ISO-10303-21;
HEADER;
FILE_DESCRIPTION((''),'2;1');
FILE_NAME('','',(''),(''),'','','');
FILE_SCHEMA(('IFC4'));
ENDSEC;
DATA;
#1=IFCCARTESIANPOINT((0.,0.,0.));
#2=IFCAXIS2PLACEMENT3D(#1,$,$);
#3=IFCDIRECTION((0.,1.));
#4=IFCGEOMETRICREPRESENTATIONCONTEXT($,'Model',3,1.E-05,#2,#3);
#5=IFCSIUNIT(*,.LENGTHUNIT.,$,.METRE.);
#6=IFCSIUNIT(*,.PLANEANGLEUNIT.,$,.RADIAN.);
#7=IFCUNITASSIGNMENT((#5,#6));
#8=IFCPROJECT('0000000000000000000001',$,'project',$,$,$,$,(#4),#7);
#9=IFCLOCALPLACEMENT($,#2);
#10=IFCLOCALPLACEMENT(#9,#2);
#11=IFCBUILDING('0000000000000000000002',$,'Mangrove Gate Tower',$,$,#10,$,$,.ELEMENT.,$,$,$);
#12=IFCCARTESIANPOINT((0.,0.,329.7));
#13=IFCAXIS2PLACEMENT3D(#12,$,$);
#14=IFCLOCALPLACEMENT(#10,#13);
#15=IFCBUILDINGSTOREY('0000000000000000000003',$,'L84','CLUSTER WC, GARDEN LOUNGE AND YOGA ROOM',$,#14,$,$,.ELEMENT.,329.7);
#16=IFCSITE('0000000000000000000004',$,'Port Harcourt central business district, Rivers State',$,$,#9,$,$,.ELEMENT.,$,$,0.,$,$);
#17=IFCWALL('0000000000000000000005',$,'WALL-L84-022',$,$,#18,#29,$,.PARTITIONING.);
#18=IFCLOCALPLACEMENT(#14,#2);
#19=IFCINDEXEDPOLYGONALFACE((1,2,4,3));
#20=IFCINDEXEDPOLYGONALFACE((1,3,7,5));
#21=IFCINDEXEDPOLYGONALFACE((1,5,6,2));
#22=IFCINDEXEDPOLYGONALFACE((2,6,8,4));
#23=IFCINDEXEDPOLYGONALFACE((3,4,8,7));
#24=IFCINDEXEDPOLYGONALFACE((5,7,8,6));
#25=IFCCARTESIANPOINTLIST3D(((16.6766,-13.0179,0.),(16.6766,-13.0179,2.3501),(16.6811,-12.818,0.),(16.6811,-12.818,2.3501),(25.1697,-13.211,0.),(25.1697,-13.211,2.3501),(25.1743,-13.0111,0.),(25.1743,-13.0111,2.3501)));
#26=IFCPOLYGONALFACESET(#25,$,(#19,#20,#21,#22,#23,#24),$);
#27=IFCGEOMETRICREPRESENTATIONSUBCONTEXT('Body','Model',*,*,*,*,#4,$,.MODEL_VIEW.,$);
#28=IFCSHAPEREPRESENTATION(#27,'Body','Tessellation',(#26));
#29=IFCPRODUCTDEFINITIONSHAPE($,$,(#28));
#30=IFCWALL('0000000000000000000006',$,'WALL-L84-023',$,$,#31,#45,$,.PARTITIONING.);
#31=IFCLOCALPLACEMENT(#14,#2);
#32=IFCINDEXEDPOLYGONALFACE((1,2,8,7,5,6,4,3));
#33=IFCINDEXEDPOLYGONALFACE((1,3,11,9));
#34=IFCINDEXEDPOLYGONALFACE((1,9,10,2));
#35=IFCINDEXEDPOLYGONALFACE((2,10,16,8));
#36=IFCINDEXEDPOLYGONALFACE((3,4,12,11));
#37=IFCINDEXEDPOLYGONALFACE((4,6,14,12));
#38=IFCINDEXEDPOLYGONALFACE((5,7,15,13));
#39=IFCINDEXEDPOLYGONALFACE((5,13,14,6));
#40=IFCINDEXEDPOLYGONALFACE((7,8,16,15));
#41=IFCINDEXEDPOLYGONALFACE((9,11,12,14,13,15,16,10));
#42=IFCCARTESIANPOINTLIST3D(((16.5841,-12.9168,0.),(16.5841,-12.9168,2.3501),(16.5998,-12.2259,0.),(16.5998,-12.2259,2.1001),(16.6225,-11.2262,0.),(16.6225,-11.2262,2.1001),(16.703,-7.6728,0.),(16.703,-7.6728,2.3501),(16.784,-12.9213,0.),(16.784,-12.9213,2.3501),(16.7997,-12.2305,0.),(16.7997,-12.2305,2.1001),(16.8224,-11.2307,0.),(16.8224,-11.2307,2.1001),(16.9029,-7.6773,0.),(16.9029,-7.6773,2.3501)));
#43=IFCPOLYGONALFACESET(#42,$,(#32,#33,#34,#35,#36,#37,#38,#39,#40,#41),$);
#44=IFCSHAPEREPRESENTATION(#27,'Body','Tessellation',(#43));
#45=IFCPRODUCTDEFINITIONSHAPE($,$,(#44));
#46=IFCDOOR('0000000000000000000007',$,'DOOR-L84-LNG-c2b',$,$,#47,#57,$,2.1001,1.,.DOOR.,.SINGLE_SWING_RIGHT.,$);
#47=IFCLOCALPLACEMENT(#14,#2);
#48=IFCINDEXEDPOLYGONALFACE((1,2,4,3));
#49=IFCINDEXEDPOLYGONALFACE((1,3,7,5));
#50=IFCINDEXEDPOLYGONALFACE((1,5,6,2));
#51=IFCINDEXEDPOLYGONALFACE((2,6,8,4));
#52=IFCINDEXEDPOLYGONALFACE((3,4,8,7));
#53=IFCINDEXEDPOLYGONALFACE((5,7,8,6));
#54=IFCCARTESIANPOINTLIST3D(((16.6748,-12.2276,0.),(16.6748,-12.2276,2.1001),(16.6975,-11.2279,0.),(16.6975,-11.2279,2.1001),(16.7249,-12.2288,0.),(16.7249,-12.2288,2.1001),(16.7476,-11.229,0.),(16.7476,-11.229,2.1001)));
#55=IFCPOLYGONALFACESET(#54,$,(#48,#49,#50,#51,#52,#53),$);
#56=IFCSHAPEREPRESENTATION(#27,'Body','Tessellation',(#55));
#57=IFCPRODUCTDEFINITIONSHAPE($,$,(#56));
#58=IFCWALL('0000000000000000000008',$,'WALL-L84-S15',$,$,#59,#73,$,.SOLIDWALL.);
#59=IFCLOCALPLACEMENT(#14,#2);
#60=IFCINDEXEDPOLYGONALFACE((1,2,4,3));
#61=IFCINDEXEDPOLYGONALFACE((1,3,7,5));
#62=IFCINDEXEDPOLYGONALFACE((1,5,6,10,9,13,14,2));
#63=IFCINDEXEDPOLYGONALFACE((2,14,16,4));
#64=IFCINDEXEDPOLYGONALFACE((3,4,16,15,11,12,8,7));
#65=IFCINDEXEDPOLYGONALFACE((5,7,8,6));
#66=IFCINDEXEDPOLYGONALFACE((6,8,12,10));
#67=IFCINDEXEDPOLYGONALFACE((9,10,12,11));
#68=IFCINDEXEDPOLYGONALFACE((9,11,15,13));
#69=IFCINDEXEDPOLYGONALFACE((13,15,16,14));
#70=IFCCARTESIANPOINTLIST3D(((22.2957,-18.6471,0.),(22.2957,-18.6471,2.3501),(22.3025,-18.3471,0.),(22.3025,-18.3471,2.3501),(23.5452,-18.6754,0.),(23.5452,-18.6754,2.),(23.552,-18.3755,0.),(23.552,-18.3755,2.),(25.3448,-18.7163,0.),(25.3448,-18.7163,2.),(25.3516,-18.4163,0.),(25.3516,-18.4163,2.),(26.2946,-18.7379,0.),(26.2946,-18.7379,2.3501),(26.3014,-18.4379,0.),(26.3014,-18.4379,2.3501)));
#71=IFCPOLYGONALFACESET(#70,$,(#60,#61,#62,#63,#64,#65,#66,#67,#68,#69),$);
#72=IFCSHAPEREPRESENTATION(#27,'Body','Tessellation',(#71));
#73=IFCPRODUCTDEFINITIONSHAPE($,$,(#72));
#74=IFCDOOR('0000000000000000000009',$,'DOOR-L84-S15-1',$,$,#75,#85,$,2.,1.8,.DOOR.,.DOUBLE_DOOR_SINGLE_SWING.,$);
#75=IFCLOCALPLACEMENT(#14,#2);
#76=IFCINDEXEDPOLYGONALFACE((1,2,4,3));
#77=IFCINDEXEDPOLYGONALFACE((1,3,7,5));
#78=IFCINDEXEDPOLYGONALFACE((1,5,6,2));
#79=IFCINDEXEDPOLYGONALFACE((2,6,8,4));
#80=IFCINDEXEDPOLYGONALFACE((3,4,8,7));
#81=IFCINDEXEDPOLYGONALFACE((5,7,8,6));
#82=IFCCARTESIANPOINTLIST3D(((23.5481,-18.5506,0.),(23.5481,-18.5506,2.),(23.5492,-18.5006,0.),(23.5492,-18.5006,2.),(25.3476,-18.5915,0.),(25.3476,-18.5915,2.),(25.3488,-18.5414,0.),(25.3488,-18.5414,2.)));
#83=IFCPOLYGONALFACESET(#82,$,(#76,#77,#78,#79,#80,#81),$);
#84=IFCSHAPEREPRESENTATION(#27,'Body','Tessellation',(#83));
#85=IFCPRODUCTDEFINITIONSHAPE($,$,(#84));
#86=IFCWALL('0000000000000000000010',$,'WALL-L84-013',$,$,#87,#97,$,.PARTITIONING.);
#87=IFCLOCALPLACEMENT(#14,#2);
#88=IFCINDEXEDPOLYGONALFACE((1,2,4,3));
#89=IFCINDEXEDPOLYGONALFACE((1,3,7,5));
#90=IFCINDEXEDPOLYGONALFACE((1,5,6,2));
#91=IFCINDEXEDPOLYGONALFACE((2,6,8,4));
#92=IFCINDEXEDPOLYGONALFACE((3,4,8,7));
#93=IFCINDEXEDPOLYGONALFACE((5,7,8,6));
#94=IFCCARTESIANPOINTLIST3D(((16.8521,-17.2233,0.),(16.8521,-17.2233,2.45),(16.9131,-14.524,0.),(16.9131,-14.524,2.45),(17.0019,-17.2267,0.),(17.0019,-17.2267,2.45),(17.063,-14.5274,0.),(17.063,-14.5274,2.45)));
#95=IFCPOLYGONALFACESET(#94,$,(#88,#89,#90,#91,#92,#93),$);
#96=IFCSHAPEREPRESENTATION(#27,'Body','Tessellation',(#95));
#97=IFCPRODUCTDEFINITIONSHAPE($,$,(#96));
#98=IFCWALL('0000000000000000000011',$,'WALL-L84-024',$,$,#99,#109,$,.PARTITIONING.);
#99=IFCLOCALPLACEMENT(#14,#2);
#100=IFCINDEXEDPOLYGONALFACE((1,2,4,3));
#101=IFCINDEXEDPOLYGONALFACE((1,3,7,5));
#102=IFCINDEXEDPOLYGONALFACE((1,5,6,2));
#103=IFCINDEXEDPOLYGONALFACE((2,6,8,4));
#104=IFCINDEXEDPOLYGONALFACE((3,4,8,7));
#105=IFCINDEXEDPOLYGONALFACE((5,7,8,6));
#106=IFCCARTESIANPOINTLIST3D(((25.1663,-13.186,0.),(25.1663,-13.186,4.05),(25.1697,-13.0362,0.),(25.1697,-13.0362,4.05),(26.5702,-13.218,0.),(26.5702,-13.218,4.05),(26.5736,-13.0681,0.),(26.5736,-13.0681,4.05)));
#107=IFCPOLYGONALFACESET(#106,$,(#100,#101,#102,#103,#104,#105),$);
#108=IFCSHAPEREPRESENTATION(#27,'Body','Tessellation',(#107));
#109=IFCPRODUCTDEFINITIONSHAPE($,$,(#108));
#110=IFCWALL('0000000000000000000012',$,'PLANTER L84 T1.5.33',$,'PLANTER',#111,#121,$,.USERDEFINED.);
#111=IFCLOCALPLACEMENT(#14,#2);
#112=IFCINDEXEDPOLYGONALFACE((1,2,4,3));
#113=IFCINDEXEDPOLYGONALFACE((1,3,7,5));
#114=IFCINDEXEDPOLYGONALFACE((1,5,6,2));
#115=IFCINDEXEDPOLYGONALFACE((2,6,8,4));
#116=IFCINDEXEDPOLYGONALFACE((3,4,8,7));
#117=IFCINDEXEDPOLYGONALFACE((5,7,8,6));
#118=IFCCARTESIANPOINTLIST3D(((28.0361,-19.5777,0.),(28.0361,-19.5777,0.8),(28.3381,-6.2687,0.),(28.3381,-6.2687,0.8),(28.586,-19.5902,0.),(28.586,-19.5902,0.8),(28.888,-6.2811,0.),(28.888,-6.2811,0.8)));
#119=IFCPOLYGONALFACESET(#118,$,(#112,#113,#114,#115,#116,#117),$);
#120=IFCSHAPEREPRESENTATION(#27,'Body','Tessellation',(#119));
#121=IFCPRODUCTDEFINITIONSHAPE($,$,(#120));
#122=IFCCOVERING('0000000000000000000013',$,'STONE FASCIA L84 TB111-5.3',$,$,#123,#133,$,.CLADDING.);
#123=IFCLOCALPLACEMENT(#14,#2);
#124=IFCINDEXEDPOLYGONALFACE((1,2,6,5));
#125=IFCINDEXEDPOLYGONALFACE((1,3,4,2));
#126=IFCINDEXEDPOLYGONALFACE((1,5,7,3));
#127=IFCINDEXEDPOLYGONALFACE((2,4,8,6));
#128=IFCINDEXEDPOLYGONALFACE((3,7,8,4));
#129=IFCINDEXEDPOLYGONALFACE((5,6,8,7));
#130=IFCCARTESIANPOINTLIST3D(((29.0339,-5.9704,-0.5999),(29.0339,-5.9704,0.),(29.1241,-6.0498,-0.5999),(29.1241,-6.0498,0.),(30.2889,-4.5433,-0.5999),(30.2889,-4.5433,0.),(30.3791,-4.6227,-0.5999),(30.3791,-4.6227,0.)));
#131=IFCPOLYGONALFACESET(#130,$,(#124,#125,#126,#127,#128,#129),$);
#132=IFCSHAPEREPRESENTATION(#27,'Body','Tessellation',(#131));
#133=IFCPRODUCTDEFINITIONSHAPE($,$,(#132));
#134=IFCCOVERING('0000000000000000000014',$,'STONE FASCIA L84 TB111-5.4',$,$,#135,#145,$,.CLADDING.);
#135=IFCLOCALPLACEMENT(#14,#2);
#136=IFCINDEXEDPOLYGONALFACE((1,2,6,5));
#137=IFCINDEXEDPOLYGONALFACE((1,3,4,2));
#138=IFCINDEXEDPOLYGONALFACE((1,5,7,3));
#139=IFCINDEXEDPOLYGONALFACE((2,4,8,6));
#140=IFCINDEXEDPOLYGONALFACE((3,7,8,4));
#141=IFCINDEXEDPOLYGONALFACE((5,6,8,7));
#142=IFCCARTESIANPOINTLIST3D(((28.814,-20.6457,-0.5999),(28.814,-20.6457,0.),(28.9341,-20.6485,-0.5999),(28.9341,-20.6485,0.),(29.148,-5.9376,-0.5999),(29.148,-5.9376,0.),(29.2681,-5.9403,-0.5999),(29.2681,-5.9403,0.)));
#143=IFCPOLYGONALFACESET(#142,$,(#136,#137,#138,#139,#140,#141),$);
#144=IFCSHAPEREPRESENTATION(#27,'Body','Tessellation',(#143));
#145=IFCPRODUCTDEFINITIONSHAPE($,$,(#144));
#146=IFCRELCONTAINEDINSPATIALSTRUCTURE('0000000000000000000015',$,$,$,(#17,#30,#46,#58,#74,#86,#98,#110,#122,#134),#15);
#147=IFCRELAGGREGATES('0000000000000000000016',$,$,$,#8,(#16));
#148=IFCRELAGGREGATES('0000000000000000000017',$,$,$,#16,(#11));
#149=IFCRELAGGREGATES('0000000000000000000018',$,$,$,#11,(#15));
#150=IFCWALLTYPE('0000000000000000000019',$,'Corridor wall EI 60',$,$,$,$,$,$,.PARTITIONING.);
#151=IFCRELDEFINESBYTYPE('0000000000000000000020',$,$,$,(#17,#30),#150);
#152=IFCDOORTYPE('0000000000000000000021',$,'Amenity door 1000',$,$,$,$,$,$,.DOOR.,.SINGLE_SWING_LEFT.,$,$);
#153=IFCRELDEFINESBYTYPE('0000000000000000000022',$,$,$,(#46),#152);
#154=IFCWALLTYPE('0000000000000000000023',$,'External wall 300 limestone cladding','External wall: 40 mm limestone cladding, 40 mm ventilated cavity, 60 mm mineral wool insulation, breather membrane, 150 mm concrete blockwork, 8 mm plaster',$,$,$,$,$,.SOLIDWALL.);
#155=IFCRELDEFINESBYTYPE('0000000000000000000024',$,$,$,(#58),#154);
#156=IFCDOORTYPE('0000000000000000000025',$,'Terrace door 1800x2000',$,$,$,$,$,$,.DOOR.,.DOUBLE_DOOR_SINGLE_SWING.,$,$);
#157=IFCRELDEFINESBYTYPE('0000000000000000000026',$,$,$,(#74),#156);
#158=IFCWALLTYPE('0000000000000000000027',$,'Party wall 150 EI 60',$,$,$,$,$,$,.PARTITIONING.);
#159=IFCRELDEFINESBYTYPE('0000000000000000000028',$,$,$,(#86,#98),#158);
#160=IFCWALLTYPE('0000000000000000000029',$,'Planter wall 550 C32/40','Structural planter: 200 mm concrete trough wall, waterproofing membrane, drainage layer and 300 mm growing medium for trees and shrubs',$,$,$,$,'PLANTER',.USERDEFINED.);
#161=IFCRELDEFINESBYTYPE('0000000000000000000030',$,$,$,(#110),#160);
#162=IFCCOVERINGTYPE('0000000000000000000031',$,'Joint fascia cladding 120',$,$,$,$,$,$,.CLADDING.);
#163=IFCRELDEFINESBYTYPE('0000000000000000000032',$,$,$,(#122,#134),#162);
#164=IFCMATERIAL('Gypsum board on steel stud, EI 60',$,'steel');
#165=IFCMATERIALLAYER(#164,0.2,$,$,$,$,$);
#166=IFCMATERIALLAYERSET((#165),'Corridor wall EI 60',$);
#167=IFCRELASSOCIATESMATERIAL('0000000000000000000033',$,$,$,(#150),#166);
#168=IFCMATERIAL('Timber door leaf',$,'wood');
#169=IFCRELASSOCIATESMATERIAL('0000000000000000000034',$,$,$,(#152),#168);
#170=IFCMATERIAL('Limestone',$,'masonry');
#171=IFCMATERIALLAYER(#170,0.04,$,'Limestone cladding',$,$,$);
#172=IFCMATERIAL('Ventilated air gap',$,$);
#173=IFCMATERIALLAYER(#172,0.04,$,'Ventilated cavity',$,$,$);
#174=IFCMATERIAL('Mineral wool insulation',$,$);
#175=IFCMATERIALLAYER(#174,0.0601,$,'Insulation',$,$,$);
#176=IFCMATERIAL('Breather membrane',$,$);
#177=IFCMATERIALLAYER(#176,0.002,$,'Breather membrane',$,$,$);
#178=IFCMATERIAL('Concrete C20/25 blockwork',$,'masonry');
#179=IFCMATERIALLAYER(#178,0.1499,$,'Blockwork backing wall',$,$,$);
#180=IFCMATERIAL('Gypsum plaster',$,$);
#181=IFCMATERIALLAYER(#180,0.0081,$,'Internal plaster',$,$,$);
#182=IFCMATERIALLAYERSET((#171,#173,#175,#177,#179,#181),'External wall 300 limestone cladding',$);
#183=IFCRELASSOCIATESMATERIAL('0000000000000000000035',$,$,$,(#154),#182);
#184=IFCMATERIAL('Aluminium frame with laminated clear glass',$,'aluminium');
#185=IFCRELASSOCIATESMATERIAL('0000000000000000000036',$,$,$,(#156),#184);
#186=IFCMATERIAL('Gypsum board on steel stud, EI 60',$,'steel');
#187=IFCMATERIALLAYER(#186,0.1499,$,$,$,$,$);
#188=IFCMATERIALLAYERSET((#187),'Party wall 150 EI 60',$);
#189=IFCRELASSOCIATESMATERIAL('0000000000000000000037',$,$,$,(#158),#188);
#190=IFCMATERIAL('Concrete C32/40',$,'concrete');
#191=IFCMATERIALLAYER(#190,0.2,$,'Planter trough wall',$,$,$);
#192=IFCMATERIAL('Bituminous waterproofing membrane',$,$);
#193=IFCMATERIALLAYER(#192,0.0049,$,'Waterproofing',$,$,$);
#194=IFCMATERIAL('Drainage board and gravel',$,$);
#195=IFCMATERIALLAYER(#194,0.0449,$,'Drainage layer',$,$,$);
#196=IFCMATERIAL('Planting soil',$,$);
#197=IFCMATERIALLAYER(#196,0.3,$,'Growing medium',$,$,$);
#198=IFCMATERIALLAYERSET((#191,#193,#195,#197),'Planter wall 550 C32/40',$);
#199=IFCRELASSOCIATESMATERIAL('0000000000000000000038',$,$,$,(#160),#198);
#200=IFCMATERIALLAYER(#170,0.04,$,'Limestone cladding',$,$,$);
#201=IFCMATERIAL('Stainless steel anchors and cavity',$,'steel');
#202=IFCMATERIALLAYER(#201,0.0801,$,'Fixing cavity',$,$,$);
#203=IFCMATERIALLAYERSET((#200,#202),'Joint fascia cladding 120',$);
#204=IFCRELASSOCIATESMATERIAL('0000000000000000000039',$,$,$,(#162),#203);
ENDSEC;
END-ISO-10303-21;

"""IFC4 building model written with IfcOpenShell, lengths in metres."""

from ifc_helpers import new_model, si_unit, direction, frame, frame_2d, origin, place, context, subcontext, project, spatial, rectangle, extrude, material, layer, layer_set, type_object, element, fill, save


model = new_model("IFC4")

# Units and contexts
model_context = context("Model", 3, precision=1e-05, world=origin(), true_north=direction((0.0, 1.0)))
body_context = subcontext(model_context, "Body", "Model", "MODEL_VIEW")
ifc_project = project(units=[si_unit("LENGTHUNIT", "METRE"), si_unit("PLANEANGLEUNIT", "RADIAN")], contexts=[model_context])

# Site, building, storey
site_placement = place(None, origin())
site = spatial("IfcSite", under=ifc_project, at=site_placement, Name="Port Harcourt central business district, Rivers State", CompositionType="ELEMENT", RefElevation=0.0)
building_placement = place(site_placement, origin())
building = spatial("IfcBuilding", under=site, at=building_placement, Name="Mangrove Gate Tower", CompositionType="ELEMENT")
storey_placement = place(building_placement, frame((0.0, 0.0, 329.7)))
storey = spatial("IfcBuildingStorey", under=building, at=storey_placement, Name="L84", Description="CLUSTER WC, GARDEN LOUNGE AND YOGA ROOM", CompositionType="ELEMENT", Elevation=329.7)

# Wall
ifc_material_1 = material(Name="Gypsum board on steel stud, EI 60", Category="steel")
ifc_layer_1 = layer(ifc_material_1, 0.2)
ifc_layer_set_1 = layer_set([ifc_layer_1], Name="Corridor wall EI 60")
wall_type_1 = type_object("IfcWallType", Name="Corridor wall EI 60", PredefinedType="PARTITIONING", material=ifc_layer_set_1)
wall_1_placement = place(storey_placement, frame((16.679, -12.918, 0.0), z_axis=(0.0, 0.0, 1.0), x_axis=(0.999742, -0.022732, 0.0)))
element("IfcWall", 1, at=wall_1_placement, inside=storey, type_object=wall_type_1, Name="WALL-L84-022", PredefinedType="PARTITIONING", context=body_context, shape_type="SweptSolid", body=[
    extrude(rectangle(XDim=8.4954, YDim=0.2, at=frame_2d((4.2476, 0.0))), origin(), (0.0, 0.0, 1.0), 2.3501),
])

# Walls, openings, doors
wall_2_placement = place(storey_placement, frame((16.6841, -12.9189, 0.0), z_axis=(0.0, 0.0, 1.0), x_axis=(0.022667, 0.999743, 0.0)))
wall_2 = element("IfcWall", 2, at=wall_2_placement, inside=storey, type_object=wall_type_1, Name="WALL-L84-023", PredefinedType="PARTITIONING", context=body_context, shape_type="SweptSolid", body=[
    extrude(rectangle(XDim=5.2454, YDim=0.2, at=frame_2d((2.6226, 0.0))), origin(), (0.0, 0.0, 1.0), 2.3501),
])
opening_1_placement = place(wall_2_placement, frame((0.6909, 0.0, 0.0)))
opening_1 = element("IfcOpeningElement", 3, at=opening_1_placement, cuts=wall_2, PredefinedType="OPENING", context=body_context, shape_type="SweptSolid", body=[
    extrude(rectangle(XDim=1.0, YDim=2.1001, at=frame_2d((0.5, 1.05))), frame((0.0, 0.1099, 0.0), z_axis=(0.0, -1.0, 0.0), x_axis=(1.0, 0.0, 0.0)), (0.0, 0.0, 1.0), 0.22),
])
ifc_material_2 = material(Name="Timber door leaf", Category="wood")
door_type_1 = type_object("IfcDoorType", Name="Amenity door 1000", OperationType="SINGLE_SWING_LEFT", PredefinedType="DOOR", material=ifc_material_2)
door_1_placement = place(opening_1_placement, origin())
door_1 = element("IfcDoor", 4, at=door_1_placement, inside=storey, type_object=door_type_1, Name="DOOR-L84-LNG-c2b", OperationType="SINGLE_SWING_RIGHT", OverallHeight=2.1001, OverallWidth=1.0, PredefinedType="DOOR", context=body_context, shape_type="SweptSolid", body=[
    extrude(rectangle(XDim=1.0, YDim=2.1001, at=frame_2d((0.5, 1.05))), frame((0.0, 0.0249, 0.0), z_axis=(0.0, -1.0, 0.0), x_axis=(1.0, 0.0, 0.0)), (0.0, 0.0, 1.0), 0.05),
])
fill(opening_1, door_1)
ifc_material_3 = material(Name="Limestone", Category="masonry")
ifc_layer_2 = layer(ifc_material_3, 0.04, Name="Limestone cladding")
ifc_material_4 = material(Name="Ventilated air gap")
ifc_layer_3 = layer(ifc_material_4, 0.04, Name="Ventilated cavity")
ifc_material_5 = material(Name="Mineral wool insulation")
ifc_layer_4 = layer(ifc_material_5, 0.0601, Name="Insulation")
ifc_material_6 = material(Name="Breather membrane")
ifc_layer_5 = layer(ifc_material_6, 0.002, Name="Breather membrane")
ifc_material_7 = material(Name="Concrete C20/25 blockwork", Category="masonry")
ifc_layer_6 = layer(ifc_material_7, 0.1499, Name="Blockwork backing wall")
ifc_material_8 = material(Name="Gypsum plaster")
ifc_layer_7 = layer(ifc_material_8, 0.0081, Name="Internal plaster")
ifc_layer_set_2 = layer_set([ifc_layer_2, ifc_layer_3, ifc_layer_4, ifc_layer_5, ifc_layer_6, ifc_layer_7], Name="External wall 300 limestone cladding")
wall_type_2 = type_object("IfcWallType", Name="External wall 300 limestone cladding", Description="External wall: 40 mm limestone cladding, 40 mm ventilated cavity, 60 mm mineral wool insulation, breather membrane, 150 mm concrete blockwork, 8 mm plaster", PredefinedType="SOLIDWALL", material=ifc_layer_set_2)
wall_3_placement = place(storey_placement, frame((22.2991, -18.4971, 0.0), z_axis=(0.0, 0.0, 1.0), x_axis=(0.999742, -0.022705, 0.0)))
wall_3 = element("IfcWall", 5, at=wall_3_placement, inside=storey, type_object=wall_type_2, Name="WALL-L84-S15", PredefinedType="SOLIDWALL", context=body_context, shape_type="SweptSolid", body=[
    extrude(rectangle(XDim=4.0, YDim=0.3, at=frame_2d((2.0, 0.0))), origin(), (0.0, 0.0, 1.0), 2.3501),
])
opening_2_placement = place(wall_3_placement, frame((1.25, 0.0, 0.0)))
opening_2 = element("IfcOpeningElement", 6, at=opening_2_placement, cuts=wall_3, PredefinedType="OPENING", context=body_context, shape_type="SweptSolid", body=[
    extrude(rectangle(XDim=1.8, YDim=2.0, at=frame_2d((0.8999, 1.0))), frame((0.0, 0.1599, 0.0), z_axis=(0.0, -1.0, 0.0), x_axis=(1.0, 0.0, 0.0)), (0.0, 0.0, 1.0), 0.3201),
])
ifc_material_9 = material(Name="Aluminium frame with laminated clear glass", Category="aluminium")
door_type_2 = type_object("IfcDoorType", Name="Terrace door 1800x2000", OperationType="DOUBLE_DOOR_SINGLE_SWING", PredefinedType="DOOR", material=ifc_material_9)
door_2_placement = place(opening_2_placement, origin())
door_2 = element("IfcDoor", 7, at=door_2_placement, inside=storey, type_object=door_type_2, Name="DOOR-L84-S15-1", OperationType="DOUBLE_DOOR_SINGLE_SWING", OverallHeight=2.0, OverallWidth=1.8, PredefinedType="DOOR", context=body_context, shape_type="SweptSolid", body=[
    extrude(rectangle(XDim=1.8, YDim=2.0, at=frame_2d((0.8999, 1.0))), frame((0.0, 0.0249, 0.0), z_axis=(0.0, -1.0, 0.0), x_axis=(1.0, 0.0, 0.0)), (0.0, 0.0, 1.0), 0.05),
])
fill(opening_2, door_2)

# Walls
ifc_material_10 = material(Name="Gypsum board on steel stud, EI 60", Category="steel")
ifc_layer_8 = layer(ifc_material_10, 0.1499)
ifc_layer_set_3 = layer_set([ifc_layer_8], Name="Party wall 150 EI 60")
wall_type_3 = type_object("IfcWallType", Name="Party wall 150 EI 60", PredefinedType="PARTITIONING", material=ifc_layer_set_3)
wall_4_placement = place(storey_placement, frame((16.927, -17.2251, 0.0), z_axis=(0.0, 0.0, 1.0), x_axis=(0.022606, 0.999744, 0.0)))
element("IfcWall", 8, at=wall_4_placement, inside=storey, type_object=wall_type_3, Name="WALL-L84-013", PredefinedType="PARTITIONING", context=body_context, shape_type="SweptSolid", body=[
    extrude(rectangle(XDim=2.7, YDim=0.1499, at=frame_2d((1.3501, 0.0))), origin(), (0.0, 0.0, 1.0), 2.45),
])
wall_5_placement = place(storey_placement, frame((25.168, -13.1111, 0.0), z_axis=(0.0, 0.0, 1.0), x_axis=(0.999741, -0.022773, 0.0)))
element("IfcWall", 9, at=wall_5_placement, inside=storey, type_object=wall_type_3, Name="WALL-L84-024", PredefinedType="PARTITIONING", context=body_context, shape_type="SweptSolid", body=[
    extrude(rectangle(XDim=1.4043, YDim=0.1499, at=frame_2d((0.7021, 0.0))), origin(), (0.0, 0.0, 1.0), 4.05),
])
ifc_material_11 = material(Name="Concrete C32/40", Category="concrete")
ifc_layer_9 = layer(ifc_material_11, 0.2, Name="Planter trough wall")
ifc_material_12 = material(Name="Bituminous waterproofing membrane")
ifc_layer_10 = layer(ifc_material_12, 0.0049, Name="Waterproofing")
ifc_material_13 = material(Name="Drainage board and gravel")
ifc_layer_11 = layer(ifc_material_13, 0.0449, Name="Drainage layer")
ifc_material_14 = material(Name="Planting soil")
ifc_layer_12 = layer(ifc_material_14, 0.3, Name="Growing medium")
ifc_layer_set_4 = layer_set([ifc_layer_9, ifc_layer_10, ifc_layer_11, ifc_layer_12], Name="Planter wall 550 C32/40")
wall_type_4 = type_object("IfcWallType", Name="Planter wall 550 C32/40", Description="Structural planter: 200 mm concrete trough wall, waterproofing membrane, drainage layer and 300 mm growing medium for trees and shrubs", ElementType="PLANTER", PredefinedType="USERDEFINED", material=ifc_layer_set_4)
wall_6_placement = place(storey_placement, frame((28.613, -6.2749, 0.0), z_axis=(0.0, 0.0, 1.0), x_axis=(-0.022686, -0.999743, 0.0)))
element("IfcWall", 10, at=wall_6_placement, inside=storey, type_object=wall_type_4, Name="PLANTER L84 T1.5.33", ObjectType="PLANTER", PredefinedType="USERDEFINED", context=body_context, shape_type="SweptSolid", body=[
    extrude(rectangle(XDim=13.3125, YDim=0.55, at=frame_2d((6.6562, 0.0))), origin(), (0.0, 0.0, 1.0), 0.8),
])

# Coverings
ifc_layer_13 = layer(ifc_material_3, 0.04, Name="Limestone cladding")
ifc_material_15 = material(Name="Stainless steel anchors and cavity", Category="steel")
ifc_layer_14 = layer(ifc_material_15, 0.0801, Name="Fixing cavity")
ifc_layer_set_5 = layer_set([ifc_layer_13, ifc_layer_14], Name="Joint fascia cladding 120")
covering_type = type_object("IfcCoveringType", Name="Joint fascia cladding 120", PredefinedType="CLADDING", material=ifc_layer_set_5)
covering_1_placement = place(storey_placement, frame((30.334, -4.583, -0.5999), z_axis=(0.0, 0.0, 1.0), x_axis=(-0.660367, -0.750943, 0.0)))
element("IfcCovering", 11, at=covering_1_placement, inside=storey, type_object=covering_type, Name="STONE FASCIA L84 TB111-5.3", PredefinedType="CLADDING", context=body_context, shape_type="SweptSolid", body=[
    extrude(rectangle(XDim=1.9004, YDim=0.1201, at=frame_2d((0.9502, 0.0))), origin(), (0.0, 0.0, 1.0), 0.5999),
])
covering_2_placement = place(storey_placement, frame((29.208, -5.939, -0.5999), z_axis=(0.0, 0.0, 1.0), x_axis=(-0.022702, -0.999742, 0.0)))
element("IfcCovering", 12, at=covering_2_placement, inside=storey, type_object=covering_type, Name="STONE FASCIA L84 TB111-5.4", PredefinedType="CLADDING", context=body_context, shape_type="SweptSolid", body=[
    extrude(rectangle(XDim=14.7119, YDim=0.1201, at=frame_2d((7.356, 0.0))), origin(), (0.0, 0.0, 1.0), 0.5999),
])

save(model, "model.ifc")
